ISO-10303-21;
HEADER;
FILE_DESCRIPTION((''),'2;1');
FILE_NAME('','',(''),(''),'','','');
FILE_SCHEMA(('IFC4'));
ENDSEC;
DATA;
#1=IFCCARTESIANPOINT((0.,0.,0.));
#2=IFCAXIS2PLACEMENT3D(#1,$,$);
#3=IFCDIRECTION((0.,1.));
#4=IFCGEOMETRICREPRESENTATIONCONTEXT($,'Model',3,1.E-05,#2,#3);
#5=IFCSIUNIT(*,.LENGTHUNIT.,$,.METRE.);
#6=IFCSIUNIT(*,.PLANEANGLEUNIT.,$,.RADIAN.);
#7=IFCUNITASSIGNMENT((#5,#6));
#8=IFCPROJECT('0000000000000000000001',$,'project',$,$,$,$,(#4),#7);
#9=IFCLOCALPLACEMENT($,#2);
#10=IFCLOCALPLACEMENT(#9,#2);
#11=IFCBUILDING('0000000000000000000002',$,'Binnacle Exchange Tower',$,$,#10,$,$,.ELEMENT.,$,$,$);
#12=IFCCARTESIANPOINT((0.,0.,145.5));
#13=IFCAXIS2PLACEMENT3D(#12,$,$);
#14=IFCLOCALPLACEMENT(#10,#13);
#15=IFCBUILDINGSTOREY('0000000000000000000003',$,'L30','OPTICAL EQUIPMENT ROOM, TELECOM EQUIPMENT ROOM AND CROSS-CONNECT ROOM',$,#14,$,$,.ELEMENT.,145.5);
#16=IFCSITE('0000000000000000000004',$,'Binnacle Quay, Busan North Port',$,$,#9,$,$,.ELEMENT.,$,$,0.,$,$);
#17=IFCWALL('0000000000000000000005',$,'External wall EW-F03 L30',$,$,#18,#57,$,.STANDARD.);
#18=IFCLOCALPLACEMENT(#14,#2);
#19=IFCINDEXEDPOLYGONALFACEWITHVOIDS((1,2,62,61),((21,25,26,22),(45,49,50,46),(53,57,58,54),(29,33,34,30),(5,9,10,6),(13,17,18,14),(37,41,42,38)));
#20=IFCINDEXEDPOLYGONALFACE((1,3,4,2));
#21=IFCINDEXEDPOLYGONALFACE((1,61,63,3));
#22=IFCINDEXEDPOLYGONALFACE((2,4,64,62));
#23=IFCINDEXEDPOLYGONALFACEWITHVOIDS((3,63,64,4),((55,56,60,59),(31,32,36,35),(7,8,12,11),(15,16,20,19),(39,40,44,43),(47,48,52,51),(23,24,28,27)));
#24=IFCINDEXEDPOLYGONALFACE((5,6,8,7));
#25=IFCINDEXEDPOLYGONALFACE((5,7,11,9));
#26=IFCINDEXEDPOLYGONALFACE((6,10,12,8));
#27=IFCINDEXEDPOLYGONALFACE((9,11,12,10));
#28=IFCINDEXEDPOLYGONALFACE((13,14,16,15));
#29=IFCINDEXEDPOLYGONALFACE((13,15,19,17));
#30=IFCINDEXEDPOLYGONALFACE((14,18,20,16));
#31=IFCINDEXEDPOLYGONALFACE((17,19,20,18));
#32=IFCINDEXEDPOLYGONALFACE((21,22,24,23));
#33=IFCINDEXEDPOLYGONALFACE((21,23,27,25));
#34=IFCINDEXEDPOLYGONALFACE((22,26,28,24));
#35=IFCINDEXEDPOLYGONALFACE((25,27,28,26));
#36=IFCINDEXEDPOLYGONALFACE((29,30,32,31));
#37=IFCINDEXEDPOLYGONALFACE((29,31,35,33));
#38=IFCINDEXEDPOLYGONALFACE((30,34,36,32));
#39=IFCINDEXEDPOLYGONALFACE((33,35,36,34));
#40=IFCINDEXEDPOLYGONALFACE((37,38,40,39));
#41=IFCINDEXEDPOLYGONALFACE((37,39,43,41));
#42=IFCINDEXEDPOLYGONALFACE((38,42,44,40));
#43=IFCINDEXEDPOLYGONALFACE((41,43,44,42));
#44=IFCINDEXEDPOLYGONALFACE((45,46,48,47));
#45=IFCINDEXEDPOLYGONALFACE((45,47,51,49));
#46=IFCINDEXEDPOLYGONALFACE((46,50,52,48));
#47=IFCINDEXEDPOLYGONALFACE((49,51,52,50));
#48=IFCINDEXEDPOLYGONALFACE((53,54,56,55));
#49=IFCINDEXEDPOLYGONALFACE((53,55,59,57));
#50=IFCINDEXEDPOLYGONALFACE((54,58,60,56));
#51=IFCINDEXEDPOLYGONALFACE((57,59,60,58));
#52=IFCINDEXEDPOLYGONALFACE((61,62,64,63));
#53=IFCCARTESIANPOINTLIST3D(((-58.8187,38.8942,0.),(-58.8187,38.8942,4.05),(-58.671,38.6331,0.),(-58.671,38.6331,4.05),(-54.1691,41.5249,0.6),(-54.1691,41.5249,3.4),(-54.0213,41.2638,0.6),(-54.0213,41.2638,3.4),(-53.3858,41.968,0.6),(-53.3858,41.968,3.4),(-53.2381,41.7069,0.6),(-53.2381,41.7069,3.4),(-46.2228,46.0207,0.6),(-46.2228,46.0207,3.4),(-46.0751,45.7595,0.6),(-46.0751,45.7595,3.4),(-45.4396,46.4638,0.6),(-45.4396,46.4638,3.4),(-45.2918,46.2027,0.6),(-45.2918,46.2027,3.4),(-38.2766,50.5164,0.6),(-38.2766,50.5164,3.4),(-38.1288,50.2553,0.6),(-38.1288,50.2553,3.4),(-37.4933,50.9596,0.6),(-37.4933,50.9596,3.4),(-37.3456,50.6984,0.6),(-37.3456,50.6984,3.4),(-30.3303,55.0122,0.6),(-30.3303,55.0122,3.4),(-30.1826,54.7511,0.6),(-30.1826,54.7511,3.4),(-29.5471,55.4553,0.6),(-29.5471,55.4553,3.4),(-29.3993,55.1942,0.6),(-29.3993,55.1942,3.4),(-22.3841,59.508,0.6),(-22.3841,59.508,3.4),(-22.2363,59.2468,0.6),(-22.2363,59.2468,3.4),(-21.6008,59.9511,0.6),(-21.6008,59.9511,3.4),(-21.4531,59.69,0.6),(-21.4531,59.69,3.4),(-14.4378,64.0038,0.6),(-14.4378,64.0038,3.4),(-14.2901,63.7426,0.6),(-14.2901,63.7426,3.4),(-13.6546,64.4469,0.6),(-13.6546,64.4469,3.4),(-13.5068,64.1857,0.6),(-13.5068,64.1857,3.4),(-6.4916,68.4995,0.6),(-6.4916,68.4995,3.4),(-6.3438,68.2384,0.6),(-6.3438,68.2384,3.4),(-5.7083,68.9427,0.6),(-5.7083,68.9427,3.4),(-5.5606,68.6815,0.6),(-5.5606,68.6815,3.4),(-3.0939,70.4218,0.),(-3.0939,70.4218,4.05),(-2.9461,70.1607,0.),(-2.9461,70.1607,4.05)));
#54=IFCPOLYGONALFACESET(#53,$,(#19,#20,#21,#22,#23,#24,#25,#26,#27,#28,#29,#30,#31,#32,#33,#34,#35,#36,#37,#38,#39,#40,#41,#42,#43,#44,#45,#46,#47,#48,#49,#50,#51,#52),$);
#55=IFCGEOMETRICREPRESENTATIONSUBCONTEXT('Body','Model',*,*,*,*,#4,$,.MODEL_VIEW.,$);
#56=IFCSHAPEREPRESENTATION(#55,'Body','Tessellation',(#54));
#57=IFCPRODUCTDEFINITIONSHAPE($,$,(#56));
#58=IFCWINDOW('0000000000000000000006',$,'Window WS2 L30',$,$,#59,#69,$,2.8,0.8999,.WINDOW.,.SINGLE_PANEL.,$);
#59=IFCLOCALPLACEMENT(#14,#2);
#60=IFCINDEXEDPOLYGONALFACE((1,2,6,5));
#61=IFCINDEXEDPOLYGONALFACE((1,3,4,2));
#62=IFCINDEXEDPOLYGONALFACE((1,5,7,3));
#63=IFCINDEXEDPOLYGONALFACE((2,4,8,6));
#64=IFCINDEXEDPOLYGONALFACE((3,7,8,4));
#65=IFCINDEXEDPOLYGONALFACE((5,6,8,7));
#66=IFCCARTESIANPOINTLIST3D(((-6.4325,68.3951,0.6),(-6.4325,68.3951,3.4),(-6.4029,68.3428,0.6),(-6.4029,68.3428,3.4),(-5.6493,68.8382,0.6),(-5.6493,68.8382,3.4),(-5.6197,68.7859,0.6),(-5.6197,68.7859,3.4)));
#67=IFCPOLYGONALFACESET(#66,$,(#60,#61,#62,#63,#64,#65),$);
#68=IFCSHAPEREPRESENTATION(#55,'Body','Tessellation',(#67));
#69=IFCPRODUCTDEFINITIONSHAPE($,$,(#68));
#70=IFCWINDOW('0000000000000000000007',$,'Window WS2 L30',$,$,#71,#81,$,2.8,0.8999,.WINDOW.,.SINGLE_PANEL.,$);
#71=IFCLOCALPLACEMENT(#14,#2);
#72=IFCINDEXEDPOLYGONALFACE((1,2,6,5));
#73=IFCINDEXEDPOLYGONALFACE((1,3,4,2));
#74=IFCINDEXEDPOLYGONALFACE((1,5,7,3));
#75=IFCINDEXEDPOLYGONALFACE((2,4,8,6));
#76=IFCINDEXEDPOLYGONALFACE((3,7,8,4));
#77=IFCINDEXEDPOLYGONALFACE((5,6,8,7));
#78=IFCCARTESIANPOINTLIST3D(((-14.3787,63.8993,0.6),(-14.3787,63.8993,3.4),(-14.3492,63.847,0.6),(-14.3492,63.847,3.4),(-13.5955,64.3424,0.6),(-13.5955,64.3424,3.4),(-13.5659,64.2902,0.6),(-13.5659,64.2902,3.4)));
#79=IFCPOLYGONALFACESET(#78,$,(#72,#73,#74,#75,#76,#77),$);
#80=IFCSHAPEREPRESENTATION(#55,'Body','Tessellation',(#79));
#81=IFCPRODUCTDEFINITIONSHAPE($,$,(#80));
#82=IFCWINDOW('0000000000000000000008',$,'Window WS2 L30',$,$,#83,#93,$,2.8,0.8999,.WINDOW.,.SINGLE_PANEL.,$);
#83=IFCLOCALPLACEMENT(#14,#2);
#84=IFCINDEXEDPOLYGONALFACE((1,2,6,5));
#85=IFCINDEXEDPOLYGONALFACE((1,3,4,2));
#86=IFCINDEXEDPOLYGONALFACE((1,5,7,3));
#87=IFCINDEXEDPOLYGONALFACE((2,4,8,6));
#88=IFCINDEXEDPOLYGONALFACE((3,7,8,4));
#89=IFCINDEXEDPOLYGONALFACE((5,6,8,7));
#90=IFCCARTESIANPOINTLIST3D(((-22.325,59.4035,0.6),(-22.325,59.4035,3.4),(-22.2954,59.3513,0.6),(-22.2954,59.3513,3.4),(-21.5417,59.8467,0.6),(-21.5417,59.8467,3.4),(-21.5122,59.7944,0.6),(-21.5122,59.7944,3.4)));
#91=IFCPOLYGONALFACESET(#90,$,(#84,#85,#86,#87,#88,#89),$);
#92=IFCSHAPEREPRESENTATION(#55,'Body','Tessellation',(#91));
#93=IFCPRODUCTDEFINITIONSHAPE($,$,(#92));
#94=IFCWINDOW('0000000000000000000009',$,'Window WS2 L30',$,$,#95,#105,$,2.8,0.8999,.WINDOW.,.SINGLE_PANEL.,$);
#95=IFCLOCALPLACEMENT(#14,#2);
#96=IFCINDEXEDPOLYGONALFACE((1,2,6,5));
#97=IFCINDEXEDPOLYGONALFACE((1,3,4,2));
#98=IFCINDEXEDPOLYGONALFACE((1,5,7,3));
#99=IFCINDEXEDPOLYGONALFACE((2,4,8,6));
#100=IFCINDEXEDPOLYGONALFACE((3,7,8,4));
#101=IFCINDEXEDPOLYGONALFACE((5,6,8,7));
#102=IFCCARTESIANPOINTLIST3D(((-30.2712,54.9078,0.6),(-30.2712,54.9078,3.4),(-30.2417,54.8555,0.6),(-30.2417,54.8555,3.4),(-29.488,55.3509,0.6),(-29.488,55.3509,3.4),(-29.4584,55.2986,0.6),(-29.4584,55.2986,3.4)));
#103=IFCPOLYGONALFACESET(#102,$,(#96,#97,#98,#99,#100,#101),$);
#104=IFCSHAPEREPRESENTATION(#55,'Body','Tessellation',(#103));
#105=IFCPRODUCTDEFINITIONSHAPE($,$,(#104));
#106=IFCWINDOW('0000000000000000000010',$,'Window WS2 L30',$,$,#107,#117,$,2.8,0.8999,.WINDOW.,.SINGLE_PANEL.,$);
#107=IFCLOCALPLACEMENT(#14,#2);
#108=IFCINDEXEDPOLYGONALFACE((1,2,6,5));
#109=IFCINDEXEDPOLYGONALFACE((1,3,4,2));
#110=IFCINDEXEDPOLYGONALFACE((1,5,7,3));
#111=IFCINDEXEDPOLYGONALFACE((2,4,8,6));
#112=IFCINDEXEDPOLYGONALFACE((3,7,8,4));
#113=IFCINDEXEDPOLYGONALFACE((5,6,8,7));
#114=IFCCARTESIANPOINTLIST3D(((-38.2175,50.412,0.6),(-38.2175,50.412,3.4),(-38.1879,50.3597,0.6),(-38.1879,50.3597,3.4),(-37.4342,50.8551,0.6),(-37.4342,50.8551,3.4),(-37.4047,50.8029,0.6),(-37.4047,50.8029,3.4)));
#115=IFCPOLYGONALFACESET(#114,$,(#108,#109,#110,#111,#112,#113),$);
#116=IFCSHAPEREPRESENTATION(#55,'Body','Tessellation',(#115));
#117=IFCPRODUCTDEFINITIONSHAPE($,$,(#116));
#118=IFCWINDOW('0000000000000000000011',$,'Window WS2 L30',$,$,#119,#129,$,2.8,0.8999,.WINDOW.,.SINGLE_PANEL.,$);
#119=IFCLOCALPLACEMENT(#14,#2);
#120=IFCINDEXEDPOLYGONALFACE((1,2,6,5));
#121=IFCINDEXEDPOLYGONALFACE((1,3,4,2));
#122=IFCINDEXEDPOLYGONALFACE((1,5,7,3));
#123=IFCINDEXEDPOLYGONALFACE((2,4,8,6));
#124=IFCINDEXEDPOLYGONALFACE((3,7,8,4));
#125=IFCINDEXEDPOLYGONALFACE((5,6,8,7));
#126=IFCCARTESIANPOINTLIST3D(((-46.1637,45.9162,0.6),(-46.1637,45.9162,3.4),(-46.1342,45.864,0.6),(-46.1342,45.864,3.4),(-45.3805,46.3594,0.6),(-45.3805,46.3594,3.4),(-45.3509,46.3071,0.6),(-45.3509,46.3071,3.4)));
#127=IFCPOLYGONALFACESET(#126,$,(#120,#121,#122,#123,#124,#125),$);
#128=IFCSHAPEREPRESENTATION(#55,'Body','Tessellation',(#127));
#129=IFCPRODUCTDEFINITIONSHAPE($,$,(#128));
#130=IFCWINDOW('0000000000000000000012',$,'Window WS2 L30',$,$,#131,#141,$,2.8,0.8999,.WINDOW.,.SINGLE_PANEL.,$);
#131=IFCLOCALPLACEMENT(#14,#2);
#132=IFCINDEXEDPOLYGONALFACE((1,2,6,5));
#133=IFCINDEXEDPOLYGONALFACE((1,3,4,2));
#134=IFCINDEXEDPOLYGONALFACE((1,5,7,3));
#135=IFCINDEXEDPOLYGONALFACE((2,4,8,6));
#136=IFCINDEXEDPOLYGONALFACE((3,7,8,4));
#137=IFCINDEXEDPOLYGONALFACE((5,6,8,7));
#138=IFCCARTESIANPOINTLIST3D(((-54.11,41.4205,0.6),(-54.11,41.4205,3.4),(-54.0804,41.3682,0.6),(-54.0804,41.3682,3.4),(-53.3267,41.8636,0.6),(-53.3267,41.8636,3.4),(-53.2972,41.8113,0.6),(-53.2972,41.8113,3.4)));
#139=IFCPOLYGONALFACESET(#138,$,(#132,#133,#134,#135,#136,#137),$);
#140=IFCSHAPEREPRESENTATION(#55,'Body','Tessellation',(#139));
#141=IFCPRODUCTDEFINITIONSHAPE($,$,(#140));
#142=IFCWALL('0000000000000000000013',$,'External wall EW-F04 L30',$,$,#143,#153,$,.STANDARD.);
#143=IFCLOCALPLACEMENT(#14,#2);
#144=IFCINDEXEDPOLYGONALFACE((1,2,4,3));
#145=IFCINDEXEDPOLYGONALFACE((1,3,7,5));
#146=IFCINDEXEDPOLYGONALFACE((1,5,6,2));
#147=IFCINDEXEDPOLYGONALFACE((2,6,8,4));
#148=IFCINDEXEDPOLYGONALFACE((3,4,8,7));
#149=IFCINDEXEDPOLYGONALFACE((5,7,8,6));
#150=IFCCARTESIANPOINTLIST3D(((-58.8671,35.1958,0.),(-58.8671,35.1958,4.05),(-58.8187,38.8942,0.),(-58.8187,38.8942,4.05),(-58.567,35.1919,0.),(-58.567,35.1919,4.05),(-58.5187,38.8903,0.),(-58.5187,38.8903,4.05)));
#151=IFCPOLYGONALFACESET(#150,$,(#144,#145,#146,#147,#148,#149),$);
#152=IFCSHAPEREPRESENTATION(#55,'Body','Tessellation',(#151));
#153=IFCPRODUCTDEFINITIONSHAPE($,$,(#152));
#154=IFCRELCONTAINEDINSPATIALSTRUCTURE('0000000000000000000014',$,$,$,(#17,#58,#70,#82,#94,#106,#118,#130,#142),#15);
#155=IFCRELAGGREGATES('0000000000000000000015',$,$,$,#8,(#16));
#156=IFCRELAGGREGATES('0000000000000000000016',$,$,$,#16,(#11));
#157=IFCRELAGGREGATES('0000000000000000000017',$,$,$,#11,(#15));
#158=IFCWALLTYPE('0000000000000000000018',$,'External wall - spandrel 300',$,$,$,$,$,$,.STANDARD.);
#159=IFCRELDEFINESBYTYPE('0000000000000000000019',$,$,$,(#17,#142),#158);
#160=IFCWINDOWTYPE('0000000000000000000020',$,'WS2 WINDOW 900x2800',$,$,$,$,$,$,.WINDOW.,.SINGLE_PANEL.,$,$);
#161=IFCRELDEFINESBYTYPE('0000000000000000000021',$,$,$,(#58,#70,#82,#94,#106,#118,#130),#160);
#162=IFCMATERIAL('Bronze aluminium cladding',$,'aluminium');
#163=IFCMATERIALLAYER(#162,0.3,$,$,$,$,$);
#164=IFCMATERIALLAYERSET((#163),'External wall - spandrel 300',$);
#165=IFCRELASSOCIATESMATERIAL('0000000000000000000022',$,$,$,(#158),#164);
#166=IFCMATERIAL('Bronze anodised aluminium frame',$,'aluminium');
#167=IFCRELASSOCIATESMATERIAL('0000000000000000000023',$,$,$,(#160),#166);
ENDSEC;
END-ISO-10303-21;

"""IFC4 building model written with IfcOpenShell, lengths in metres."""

from ifc_helpers import new_model, si_unit, direction, frame, frame_2d, origin, place, context, subcontext, project, spatial, rectangle, extrude, material, layer, layer_set, type_object, element, fill, save


model = new_model("IFC4")

# Units and contexts
model_context = context("Model", 3, precision=1e-05, world=origin(), true_north=direction((0.0, 1.0)))
body_context = subcontext(model_context, "Body", "Model", "MODEL_VIEW")
ifc_project = project(units=[si_unit("LENGTHUNIT", "METRE"), si_unit("PLANEANGLEUNIT", "RADIAN")], contexts=[model_context])

# Site, building, storey
site_placement = place(None, origin())
site = spatial("IfcSite", under=ifc_project, at=site_placement, Name="Binnacle Quay, Busan North Port", CompositionType="ELEMENT", RefElevation=0.0)
building_placement = place(site_placement, origin())
building = spatial("IfcBuilding", under=site, at=building_placement, Name="Binnacle Exchange Tower", CompositionType="ELEMENT")
storey_placement = place(building_placement, frame((0.0, 0.0, 145.5)))
storey = spatial("IfcBuildingStorey", under=building, at=storey_placement, Name="L30", Description="OPTICAL EQUIPMENT ROOM, TELECOM EQUIPMENT ROOM AND CROSS-CONNECT ROOM", CompositionType="ELEMENT", Elevation=145.5)

# Wall, openings, windows
ifc_material_1 = material(Name="Bronze aluminium cladding", Category="aluminium")
ifc_layer_1 = layer(ifc_material_1, 0.3)
ifc_layer_set_1 = layer_set([ifc_layer_1], Name="External wall - spandrel 300")
wall_type_1 = type_object("IfcWallType", Name="External wall - spandrel 300", PredefinedType="STANDARD", material=ifc_layer_set_1)
wall_1_placement = place(storey_placement, frame((-58.7449, 38.7637, 0.0), z_axis=(0.0, 0.0, 1.0), x_axis=(0.870356, 0.492423, 0.0)))
wall_1 = element("IfcWall", 1, at=wall_1_placement, inside=storey, type_object=wall_type_1, Name="External wall EW-F03 L30", PredefinedType="STANDARD", context=body_context, shape_type="SweptSolid", body=[
    extrude(rectangle(XDim=64.0254, YDim=0.3, at=frame_2d((32.0127, 0.0))), origin(), (0.0, 0.0, 1.0), 4.05),
])
opening_1_placement = place(wall_1_placement, frame((60.1216, 0.0, 0.6001)))
opening_1 = element("IfcOpeningElement", 2, at=opening_1_placement, cuts=wall_1, PredefinedType="OPENING", context=body_context, shape_type="SweptSolid", body=[
    extrude(rectangle(XDim=0.8999, YDim=2.8, at=frame_2d((0.45, 1.3999))), frame((0.0, 0.1599, 0.0), z_axis=(0.0, -1.0, 0.0), x_axis=(1.0, 0.0, 0.0)), (0.0, 0.0, 1.0), 0.3201),
])
opening_2_placement = place(wall_1_placement, frame((50.9917, 0.0, 0.6001)))
opening_2 = element("IfcOpeningElement", 3, at=opening_2_placement, cuts=wall_1, PredefinedType="OPENING", context=body_context, shape_type="SweptSolid", body=[
    extrude(rectangle(XDim=0.8999, YDim=2.8, at=frame_2d((0.45, 1.3999))), frame((0.0, 0.1599, 0.0), z_axis=(0.0, -1.0, 0.0), x_axis=(1.0, 0.0, 0.0)), (0.0, 0.0, 1.0), 0.3201),
])
opening_3_placement = place(wall_1_placement, frame((41.8618, 0.0, 0.6001)))
opening_3 = element("IfcOpeningElement", 4, at=opening_3_placement, cuts=wall_1, PredefinedType="OPENING", context=body_context, shape_type="SweptSolid", body=[
    extrude(rectangle(XDim=0.8999, YDim=2.8, at=frame_2d((0.45, 1.3999))), frame((0.0, 0.1599, 0.0), z_axis=(0.0, -1.0, 0.0), x_axis=(1.0, 0.0, 0.0)), (0.0, 0.0, 1.0), 0.3201),
])
opening_4_placement = place(wall_1_placement, frame((32.7319, 0.0, 0.6001)))
opening_4 = element("IfcOpeningElement", 5, at=opening_4_placement, cuts=wall_1, PredefinedType="OPENING", context=body_context, shape_type="SweptSolid", body=[
    extrude(rectangle(XDim=0.8999, YDim=2.8, at=frame_2d((0.45, 1.3999))), frame((0.0, 0.1599, 0.0), z_axis=(0.0, -1.0, 0.0), x_axis=(1.0, 0.0, 0.0)), (0.0, 0.0, 1.0), 0.3201),
])
opening_5_placement = place(wall_1_placement, frame((23.6021, 0.0, 0.6001)))
opening_5 = element("IfcOpeningElement", 6, at=opening_5_placement, cuts=wall_1, PredefinedType="OPENING", context=body_context, shape_type="SweptSolid", body=[
    extrude(rectangle(XDim=0.8999, YDim=2.8, at=frame_2d((0.45, 1.3999))), frame((0.0, 0.1599, 0.0), z_axis=(0.0, -1.0, 0.0), x_axis=(1.0, 0.0, 0.0)), (0.0, 0.0, 1.0), 0.3201),
])
opening_6_placement = place(wall_1_placement, frame((14.4722, 0.0, 0.6001)))
opening_6 = element("IfcOpeningElement", 7, at=opening_6_placement, cuts=wall_1, PredefinedType="OPENING", context=body_context, shape_type="SweptSolid", body=[
    extrude(rectangle(XDim=0.8999, YDim=2.8, at=frame_2d((0.45, 1.3999))), frame((0.0, 0.1599, 0.0), z_axis=(0.0, -1.0, 0.0), x_axis=(1.0, 0.0, 0.0)), (0.0, 0.0, 1.0), 0.3201),
])
opening_7_placement = place(wall_1_placement, frame((5.3423, 0.0, 0.6001)))
opening_7 = element("IfcOpeningElement", 8, at=opening_7_placement, cuts=wall_1, PredefinedType="OPENING", context=body_context, shape_type="SweptSolid", body=[
    extrude(rectangle(XDim=0.8999, YDim=2.8, at=frame_2d((0.45, 1.3999))), frame((0.0, 0.1599, 0.0), z_axis=(0.0, -1.0, 0.0), x_axis=(1.0, 0.0, 0.0)), (0.0, 0.0, 1.0), 0.3201),
])
ifc_material_2 = material(Name="Bronze anodised aluminium frame", Category="aluminium")
window_type = type_object("IfcWindowType", Name="WS2 WINDOW 900x2800", PartitioningType="SINGLE_PANEL", PredefinedType="WINDOW", material=ifc_material_2)
window_1_placement = place(opening_1_placement, origin())
window_1 = element("IfcWindow", 9, at=window_1_placement, inside=storey, type_object=window_type, Name="Window WS2 L30", OverallHeight=2.8, OverallWidth=0.8999, PartitioningType="SINGLE_PANEL", PredefinedType="WINDOW", context=body_context, shape_type="SweptSolid", body=[
    extrude(rectangle(XDim=0.8999, YDim=2.8, at=frame_2d((0.45, 1.3999))), frame((0.0, 0.03, 0.0), z_axis=(0.0, -1.0, 0.0), x_axis=(1.0, 0.0, 0.0)), (0.0, 0.0, 1.0), 0.0601),
])
fill(opening_1, window_1)
window_2_placement = place(opening_2_placement, origin())
window_2 = element("IfcWindow", 10, at=window_2_placement, inside=storey, type_object=window_type, Name="Window WS2 L30", OverallHeight=2.8, OverallWidth=0.8999, PartitioningType="SINGLE_PANEL", PredefinedType="WINDOW", context=body_context, shape_type="SweptSolid", body=[
    extrude(rectangle(XDim=0.8999, YDim=2.8, at=frame_2d((0.45, 1.3999))), frame((0.0, 0.03, 0.0), z_axis=(0.0, -1.0, 0.0), x_axis=(1.0, 0.0, 0.0)), (0.0, 0.0, 1.0), 0.0601),
])
fill(opening_2, window_2)
window_3_placement = place(opening_3_placement, origin())
window_3 = element("IfcWindow", 11, at=window_3_placement, inside=storey, type_object=window_type, Name="Window WS2 L30", OverallHeight=2.8, OverallWidth=0.8999, PartitioningType="SINGLE_PANEL", PredefinedType="WINDOW", context=body_context, shape_type="SweptSolid", body=[
    extrude(rectangle(XDim=0.8999, YDim=2.8, at=frame_2d((0.45, 1.3999))), frame((0.0, 0.03, 0.0), z_axis=(0.0, -1.0, 0.0), x_axis=(1.0, 0.0, 0.0)), (0.0, 0.0, 1.0), 0.0601),
])
fill(opening_3, window_3)
window_4_placement = place(opening_4_placement, origin())
window_4 = element("IfcWindow", 12, at=window_4_placement, inside=storey, type_object=window_type, Name="Window WS2 L30", OverallHeight=2.8, OverallWidth=0.8999, PartitioningType="SINGLE_PANEL", PredefinedType="WINDOW", context=body_context, shape_type="SweptSolid", body=[
    extrude(rectangle(XDim=0.8999, YDim=2.8, at=frame_2d((0.45, 1.3999))), frame((0.0, 0.03, 0.0), z_axis=(0.0, -1.0, 0.0), x_axis=(1.0, 0.0, 0.0)), (0.0, 0.0, 1.0), 0.0601),
])
fill(opening_4, window_4)
window_5_placement = place(opening_5_placement, origin())
window_5 = element("IfcWindow", 13, at=window_5_placement, inside=storey, type_object=window_type, Name="Window WS2 L30", OverallHeight=2.8, OverallWidth=0.8999, PartitioningType="SINGLE_PANEL", PredefinedType="WINDOW", context=body_context, shape_type="SweptSolid", body=[
    extrude(rectangle(XDim=0.8999, YDim=2.8, at=frame_2d((0.45, 1.3999))), frame((0.0, 0.03, 0.0), z_axis=(0.0, -1.0, 0.0), x_axis=(1.0, 0.0, 0.0)), (0.0, 0.0, 1.0), 0.0601),
])
fill(opening_5, window_5)
window_6_placement = place(opening_6_placement, origin())
window_6 = element("IfcWindow", 14, at=window_6_placement, inside=storey, type_object=window_type, Name="Window WS2 L30", OverallHeight=2.8, OverallWidth=0.8999, PartitioningType="SINGLE_PANEL", PredefinedType="WINDOW", context=body_context, shape_type="SweptSolid", body=[
    extrude(rectangle(XDim=0.8999, YDim=2.8, at=frame_2d((0.45, 1.3999))), frame((0.0, 0.03, 0.0), z_axis=(0.0, -1.0, 0.0), x_axis=(1.0, 0.0, 0.0)), (0.0, 0.0, 1.0), 0.0601),
])
fill(opening_6, window_6)
window_7_placement = place(opening_7_placement, origin())
window_7 = element("IfcWindow", 15, at=window_7_placement, inside=storey, type_object=window_type, Name="Window WS2 L30", OverallHeight=2.8, OverallWidth=0.8999, PartitioningType="SINGLE_PANEL", PredefinedType="WINDOW", context=body_context, shape_type="SweptSolid", body=[
    extrude(rectangle(XDim=0.8999, YDim=2.8, at=frame_2d((0.45, 1.3999))), frame((0.0, 0.03, 0.0), z_axis=(0.0, -1.0, 0.0), x_axis=(1.0, 0.0, 0.0)), (0.0, 0.0, 1.0), 0.0601),
])
fill(opening_7, window_7)

# Wall
wall_2_placement = place(storey_placement, frame((-58.717, 35.1938, 0.0), z_axis=(0.0, 0.0, 1.0), x_axis=(0.013069, 0.999915, 0.0)))
element("IfcWall", 16, at=wall_2_placement, inside=storey, type_object=wall_type_1, Name="External wall EW-F04 L30", PredefinedType="STANDARD", context=body_context, shape_type="SweptSolid", body=[
    extrude(rectangle(XDim=3.6987, YDim=0.3, at=frame_2d((1.8494, 0.0))), origin(), (0.0, 0.0, 1.0), 4.05),
])

save(model, "model.ifc")
